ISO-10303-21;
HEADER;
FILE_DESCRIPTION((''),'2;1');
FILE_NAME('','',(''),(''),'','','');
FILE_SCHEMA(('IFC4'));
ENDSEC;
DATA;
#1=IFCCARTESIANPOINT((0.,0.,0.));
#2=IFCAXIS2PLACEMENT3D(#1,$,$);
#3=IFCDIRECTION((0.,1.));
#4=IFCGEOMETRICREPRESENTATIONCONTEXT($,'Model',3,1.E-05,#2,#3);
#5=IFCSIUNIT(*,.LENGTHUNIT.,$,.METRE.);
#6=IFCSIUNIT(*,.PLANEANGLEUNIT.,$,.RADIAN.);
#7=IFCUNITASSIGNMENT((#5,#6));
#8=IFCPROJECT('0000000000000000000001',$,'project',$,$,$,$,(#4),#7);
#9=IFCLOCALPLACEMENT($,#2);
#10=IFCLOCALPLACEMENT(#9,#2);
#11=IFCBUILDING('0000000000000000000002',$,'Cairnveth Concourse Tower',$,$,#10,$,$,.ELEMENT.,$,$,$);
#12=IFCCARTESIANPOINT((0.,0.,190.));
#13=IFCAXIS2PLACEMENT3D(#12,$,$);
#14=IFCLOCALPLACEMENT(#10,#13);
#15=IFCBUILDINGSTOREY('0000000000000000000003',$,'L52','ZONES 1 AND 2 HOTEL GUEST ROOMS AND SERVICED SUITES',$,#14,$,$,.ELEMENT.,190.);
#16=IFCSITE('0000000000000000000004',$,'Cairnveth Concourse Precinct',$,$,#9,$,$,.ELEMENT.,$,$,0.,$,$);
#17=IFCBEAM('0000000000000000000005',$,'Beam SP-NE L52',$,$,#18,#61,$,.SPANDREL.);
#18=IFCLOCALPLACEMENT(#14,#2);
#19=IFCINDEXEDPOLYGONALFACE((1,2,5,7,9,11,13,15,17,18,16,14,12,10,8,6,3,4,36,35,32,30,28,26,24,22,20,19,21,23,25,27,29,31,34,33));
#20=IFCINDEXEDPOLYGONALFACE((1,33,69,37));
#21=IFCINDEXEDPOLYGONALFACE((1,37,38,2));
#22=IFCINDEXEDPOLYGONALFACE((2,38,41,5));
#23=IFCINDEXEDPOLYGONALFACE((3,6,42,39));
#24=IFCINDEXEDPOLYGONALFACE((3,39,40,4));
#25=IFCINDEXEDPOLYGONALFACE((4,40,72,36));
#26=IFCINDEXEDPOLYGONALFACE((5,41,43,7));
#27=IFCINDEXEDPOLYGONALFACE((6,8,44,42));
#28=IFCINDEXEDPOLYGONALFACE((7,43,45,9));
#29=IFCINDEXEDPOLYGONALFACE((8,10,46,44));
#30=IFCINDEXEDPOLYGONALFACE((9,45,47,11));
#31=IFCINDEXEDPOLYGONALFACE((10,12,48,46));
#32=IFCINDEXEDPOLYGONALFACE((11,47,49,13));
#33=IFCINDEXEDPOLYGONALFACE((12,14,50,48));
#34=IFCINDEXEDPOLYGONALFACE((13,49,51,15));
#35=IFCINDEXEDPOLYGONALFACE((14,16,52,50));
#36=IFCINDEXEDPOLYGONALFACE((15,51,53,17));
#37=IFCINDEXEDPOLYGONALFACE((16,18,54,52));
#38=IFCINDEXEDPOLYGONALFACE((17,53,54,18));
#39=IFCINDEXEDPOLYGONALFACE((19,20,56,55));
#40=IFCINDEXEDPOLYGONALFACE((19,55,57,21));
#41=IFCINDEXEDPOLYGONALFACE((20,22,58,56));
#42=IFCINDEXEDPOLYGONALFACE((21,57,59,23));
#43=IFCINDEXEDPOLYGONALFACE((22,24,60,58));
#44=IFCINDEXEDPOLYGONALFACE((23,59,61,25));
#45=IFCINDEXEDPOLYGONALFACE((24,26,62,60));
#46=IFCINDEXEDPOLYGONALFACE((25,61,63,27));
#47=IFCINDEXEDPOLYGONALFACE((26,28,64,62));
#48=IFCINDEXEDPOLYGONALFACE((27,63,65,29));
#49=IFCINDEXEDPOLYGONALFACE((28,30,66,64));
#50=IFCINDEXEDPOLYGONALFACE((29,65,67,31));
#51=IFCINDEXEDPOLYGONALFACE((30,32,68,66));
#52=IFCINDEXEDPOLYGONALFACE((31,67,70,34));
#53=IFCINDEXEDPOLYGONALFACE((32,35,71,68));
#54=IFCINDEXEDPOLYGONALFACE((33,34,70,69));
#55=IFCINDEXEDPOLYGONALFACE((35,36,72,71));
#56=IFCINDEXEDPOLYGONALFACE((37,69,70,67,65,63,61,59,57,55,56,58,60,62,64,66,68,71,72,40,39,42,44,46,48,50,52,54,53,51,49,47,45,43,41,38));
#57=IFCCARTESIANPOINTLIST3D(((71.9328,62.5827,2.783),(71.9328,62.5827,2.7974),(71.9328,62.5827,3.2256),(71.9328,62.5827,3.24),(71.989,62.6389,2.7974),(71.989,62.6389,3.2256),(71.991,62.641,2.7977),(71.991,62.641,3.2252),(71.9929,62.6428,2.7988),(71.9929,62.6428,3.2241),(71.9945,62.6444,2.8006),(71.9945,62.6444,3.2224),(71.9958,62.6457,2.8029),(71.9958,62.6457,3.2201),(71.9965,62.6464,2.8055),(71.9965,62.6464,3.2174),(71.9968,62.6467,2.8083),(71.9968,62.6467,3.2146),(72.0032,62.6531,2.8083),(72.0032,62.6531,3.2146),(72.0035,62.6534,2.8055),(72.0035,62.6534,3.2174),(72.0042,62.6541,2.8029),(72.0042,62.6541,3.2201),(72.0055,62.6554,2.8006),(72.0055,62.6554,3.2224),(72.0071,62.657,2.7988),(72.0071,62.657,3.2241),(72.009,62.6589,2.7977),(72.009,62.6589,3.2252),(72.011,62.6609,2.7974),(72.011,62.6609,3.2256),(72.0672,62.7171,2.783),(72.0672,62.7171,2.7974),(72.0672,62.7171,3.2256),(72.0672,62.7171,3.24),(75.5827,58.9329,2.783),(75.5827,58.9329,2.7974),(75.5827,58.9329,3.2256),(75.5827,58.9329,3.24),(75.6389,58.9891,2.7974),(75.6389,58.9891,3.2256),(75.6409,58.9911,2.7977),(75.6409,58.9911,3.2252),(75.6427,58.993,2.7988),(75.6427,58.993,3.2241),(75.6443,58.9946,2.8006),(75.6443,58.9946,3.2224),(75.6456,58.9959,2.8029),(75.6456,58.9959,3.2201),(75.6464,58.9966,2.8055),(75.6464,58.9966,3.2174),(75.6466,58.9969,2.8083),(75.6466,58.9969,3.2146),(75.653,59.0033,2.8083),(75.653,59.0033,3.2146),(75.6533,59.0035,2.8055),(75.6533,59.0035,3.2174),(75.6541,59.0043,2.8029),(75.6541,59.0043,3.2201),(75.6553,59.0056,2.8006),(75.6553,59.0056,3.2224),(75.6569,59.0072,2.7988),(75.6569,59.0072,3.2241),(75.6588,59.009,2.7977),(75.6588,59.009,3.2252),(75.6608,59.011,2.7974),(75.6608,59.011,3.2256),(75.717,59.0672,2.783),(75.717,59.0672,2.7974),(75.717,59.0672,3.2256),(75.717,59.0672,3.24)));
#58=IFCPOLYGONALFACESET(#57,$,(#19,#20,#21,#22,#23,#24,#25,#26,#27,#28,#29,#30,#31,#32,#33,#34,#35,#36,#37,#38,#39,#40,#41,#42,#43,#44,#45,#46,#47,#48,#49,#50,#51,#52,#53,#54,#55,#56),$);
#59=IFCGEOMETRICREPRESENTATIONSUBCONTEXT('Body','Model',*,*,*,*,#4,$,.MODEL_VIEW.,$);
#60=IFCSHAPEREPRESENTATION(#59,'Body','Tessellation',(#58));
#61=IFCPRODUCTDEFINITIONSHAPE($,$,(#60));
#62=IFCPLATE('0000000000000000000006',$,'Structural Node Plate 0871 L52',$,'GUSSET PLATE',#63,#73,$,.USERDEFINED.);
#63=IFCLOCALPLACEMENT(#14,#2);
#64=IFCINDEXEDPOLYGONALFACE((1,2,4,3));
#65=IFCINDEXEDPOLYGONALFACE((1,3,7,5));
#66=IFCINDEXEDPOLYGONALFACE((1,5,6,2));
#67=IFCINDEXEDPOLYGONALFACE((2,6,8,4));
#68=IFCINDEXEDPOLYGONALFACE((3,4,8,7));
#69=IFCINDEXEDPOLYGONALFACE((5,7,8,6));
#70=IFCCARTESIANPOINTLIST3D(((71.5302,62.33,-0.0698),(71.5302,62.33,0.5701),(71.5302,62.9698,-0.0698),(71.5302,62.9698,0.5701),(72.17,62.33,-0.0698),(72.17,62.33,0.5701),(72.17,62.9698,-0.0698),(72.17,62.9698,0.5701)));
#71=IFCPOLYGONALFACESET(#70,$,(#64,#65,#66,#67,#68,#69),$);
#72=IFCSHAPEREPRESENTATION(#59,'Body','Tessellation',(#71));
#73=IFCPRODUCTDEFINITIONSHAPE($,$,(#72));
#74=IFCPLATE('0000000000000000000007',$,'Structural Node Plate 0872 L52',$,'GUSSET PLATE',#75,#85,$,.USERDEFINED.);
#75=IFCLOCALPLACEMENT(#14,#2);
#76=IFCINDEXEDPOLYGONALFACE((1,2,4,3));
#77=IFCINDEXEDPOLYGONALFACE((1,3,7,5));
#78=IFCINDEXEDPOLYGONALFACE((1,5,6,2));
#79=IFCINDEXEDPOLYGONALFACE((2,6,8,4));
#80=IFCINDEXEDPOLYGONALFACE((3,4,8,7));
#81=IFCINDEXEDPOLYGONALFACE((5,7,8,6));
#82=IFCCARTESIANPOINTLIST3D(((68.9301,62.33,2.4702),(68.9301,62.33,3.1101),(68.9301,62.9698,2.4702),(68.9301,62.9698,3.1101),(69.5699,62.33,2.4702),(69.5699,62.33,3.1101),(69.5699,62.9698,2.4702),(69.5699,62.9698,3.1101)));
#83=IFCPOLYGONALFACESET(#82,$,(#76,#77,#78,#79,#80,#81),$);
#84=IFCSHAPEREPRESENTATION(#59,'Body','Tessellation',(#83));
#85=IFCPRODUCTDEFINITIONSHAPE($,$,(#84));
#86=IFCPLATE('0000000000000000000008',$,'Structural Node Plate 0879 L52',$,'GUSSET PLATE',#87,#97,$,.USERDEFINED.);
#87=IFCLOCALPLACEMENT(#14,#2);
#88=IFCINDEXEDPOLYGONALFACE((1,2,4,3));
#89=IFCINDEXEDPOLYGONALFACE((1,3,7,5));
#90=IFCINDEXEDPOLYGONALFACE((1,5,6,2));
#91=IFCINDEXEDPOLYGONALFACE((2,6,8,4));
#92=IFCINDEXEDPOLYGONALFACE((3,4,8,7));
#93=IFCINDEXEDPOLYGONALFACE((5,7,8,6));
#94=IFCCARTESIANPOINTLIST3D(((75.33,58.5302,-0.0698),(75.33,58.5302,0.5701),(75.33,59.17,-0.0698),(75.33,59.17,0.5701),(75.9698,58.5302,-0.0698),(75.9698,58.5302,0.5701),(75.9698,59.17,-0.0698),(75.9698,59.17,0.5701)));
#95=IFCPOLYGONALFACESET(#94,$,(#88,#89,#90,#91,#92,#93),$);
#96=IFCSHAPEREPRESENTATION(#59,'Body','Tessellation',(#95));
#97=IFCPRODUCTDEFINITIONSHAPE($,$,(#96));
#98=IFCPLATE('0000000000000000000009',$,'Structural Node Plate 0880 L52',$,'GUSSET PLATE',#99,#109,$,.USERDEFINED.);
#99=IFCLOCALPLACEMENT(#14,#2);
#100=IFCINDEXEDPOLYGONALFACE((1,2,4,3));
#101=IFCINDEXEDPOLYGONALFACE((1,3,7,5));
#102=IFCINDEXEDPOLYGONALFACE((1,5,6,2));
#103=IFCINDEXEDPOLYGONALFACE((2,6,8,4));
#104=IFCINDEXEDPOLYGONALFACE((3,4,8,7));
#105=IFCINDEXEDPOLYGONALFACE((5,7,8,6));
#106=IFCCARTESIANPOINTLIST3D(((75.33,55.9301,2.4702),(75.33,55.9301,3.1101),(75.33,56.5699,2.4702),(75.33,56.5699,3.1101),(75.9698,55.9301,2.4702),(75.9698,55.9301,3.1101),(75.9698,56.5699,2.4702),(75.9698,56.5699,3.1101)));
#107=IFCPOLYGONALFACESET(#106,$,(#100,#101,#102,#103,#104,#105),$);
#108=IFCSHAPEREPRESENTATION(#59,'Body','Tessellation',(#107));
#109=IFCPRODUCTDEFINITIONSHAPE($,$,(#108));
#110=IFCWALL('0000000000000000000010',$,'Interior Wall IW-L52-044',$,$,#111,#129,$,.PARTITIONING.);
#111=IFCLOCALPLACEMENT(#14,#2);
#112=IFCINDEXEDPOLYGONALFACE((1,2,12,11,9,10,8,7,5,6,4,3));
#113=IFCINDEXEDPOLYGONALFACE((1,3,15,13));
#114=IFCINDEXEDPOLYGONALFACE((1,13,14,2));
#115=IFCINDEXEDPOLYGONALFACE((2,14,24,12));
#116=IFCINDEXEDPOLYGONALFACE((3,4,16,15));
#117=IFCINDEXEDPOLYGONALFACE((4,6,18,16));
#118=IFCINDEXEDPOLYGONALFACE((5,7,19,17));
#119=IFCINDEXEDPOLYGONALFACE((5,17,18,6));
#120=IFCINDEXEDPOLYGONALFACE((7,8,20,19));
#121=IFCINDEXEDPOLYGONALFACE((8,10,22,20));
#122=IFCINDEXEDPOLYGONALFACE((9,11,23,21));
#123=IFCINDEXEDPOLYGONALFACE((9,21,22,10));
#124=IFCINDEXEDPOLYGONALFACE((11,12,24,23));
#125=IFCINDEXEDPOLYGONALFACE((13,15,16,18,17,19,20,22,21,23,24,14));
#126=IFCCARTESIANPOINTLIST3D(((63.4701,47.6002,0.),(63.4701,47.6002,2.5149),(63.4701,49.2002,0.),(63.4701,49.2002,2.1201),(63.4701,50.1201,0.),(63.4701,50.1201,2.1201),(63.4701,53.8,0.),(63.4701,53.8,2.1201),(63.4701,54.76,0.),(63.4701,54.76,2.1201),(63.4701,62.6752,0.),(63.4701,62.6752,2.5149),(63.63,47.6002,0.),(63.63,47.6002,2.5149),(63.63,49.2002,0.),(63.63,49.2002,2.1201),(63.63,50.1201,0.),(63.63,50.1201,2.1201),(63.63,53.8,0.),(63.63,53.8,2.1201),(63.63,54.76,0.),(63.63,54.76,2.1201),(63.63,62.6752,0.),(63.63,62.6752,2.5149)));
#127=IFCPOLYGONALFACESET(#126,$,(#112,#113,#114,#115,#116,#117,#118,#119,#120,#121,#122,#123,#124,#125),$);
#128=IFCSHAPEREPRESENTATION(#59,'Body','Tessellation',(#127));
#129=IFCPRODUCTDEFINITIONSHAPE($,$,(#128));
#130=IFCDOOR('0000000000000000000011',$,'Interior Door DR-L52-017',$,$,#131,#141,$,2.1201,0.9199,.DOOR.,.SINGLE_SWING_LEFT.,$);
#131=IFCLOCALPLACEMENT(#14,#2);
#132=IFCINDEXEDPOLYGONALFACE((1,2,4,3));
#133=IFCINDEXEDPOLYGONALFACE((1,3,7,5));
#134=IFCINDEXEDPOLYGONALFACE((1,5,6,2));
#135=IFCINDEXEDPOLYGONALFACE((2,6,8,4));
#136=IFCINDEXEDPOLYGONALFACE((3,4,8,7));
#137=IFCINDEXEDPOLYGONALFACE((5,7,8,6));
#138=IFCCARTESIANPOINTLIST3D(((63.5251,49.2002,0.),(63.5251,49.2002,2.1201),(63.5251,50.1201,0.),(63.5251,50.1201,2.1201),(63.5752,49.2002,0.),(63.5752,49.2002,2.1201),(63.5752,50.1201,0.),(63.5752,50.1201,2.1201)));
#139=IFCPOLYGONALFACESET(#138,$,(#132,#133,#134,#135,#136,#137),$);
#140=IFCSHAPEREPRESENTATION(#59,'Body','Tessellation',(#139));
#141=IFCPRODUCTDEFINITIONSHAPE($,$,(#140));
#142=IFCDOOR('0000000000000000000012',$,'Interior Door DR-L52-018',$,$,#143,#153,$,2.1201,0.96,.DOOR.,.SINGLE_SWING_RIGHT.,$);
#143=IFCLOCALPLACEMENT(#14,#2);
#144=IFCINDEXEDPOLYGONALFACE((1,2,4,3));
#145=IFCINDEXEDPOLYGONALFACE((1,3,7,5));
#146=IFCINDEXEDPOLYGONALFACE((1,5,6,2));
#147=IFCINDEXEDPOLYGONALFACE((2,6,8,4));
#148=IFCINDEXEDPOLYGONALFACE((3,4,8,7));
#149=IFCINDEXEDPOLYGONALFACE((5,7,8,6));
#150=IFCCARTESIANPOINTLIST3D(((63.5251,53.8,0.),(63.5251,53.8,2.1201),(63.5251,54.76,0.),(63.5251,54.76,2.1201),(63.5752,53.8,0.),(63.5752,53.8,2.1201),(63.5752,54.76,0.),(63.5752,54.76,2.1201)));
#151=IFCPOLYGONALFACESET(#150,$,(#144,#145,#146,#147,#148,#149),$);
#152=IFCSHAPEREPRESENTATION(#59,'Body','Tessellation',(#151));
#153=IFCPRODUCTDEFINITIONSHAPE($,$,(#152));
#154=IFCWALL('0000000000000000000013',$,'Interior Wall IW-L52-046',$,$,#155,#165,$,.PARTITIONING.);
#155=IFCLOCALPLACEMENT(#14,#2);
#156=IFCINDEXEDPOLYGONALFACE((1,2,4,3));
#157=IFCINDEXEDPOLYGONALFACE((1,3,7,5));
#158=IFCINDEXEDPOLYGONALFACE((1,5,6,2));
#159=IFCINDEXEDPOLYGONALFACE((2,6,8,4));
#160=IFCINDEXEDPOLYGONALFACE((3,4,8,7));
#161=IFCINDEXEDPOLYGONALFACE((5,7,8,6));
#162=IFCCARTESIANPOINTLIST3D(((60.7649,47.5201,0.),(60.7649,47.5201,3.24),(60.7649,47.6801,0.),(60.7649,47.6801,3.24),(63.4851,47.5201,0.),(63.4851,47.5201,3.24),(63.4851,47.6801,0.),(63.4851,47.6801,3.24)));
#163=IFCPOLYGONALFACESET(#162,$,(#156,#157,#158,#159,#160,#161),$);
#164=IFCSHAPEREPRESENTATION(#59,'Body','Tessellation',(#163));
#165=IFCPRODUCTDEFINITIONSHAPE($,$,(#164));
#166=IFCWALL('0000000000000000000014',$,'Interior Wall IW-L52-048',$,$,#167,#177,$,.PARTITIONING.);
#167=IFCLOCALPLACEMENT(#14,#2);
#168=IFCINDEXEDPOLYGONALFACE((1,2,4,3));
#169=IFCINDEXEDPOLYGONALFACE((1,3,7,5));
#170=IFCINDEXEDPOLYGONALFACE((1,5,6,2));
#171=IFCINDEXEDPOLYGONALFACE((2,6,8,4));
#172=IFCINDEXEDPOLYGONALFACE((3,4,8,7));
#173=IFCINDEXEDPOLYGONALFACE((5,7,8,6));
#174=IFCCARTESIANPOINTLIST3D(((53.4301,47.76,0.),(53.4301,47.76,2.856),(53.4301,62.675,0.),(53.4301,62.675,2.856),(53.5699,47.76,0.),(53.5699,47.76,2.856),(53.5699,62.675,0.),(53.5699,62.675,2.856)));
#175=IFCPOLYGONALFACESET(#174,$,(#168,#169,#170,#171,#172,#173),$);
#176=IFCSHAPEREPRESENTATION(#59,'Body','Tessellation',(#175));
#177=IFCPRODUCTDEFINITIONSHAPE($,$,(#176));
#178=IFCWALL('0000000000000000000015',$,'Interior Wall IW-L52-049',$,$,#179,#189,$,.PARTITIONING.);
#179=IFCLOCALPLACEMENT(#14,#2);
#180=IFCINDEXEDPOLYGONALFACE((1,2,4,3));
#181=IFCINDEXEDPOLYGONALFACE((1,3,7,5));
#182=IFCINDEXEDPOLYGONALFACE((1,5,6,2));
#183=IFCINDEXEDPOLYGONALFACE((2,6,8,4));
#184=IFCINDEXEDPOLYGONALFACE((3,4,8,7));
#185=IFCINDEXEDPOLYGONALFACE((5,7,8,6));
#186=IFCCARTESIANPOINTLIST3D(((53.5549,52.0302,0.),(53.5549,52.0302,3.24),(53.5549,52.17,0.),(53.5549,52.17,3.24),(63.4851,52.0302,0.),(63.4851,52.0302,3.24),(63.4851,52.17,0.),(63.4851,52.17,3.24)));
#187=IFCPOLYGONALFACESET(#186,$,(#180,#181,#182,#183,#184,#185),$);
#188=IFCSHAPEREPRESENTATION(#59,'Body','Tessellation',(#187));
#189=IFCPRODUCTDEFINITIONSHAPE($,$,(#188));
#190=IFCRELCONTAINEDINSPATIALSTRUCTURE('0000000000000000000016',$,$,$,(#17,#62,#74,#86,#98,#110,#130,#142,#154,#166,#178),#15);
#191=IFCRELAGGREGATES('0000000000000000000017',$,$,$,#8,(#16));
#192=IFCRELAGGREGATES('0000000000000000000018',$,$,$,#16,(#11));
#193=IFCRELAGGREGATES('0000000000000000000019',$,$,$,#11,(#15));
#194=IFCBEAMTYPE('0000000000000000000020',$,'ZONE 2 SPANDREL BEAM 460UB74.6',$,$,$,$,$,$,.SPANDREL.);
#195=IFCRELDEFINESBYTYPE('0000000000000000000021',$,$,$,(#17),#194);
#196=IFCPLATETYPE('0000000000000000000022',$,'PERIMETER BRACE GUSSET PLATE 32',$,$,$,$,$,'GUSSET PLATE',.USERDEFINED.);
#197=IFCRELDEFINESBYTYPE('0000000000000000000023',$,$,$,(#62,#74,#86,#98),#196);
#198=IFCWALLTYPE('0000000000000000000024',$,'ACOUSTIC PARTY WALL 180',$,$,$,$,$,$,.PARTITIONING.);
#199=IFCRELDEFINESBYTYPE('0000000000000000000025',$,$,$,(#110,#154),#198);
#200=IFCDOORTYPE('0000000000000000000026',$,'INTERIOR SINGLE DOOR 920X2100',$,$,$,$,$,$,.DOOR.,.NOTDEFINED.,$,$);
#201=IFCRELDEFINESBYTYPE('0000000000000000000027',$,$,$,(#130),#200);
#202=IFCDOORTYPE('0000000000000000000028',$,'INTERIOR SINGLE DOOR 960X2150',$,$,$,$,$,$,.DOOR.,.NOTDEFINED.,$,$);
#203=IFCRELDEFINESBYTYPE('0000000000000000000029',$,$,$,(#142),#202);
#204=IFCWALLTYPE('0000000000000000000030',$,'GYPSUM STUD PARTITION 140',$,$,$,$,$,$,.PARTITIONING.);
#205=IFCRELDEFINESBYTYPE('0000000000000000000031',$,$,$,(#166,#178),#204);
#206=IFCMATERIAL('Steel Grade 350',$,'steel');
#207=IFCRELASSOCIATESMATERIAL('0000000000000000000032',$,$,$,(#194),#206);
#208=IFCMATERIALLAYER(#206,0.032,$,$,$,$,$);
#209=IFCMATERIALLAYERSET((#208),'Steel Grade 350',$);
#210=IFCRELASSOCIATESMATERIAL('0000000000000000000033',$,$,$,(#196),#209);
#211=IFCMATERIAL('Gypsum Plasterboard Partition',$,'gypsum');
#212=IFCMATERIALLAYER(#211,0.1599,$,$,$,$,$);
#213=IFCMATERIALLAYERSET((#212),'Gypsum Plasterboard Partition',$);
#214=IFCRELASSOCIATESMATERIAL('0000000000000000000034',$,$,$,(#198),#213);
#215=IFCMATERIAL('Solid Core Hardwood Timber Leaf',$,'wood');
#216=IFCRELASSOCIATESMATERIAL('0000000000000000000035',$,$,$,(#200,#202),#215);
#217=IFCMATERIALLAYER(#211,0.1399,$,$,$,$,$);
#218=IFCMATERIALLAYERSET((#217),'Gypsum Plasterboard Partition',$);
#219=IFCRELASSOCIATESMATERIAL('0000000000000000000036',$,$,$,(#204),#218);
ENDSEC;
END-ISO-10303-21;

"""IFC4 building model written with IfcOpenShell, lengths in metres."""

from ifc_helpers import new_model, si_unit, direction, frame, frame_2d, origin, origin_2d, place, context, subcontext, project, spatial, rectangle, i_section, extrude, material, layer, layer_set, material_profile, profile_set, type_object, element, fill, save


model = new_model("IFC4")

# Units and contexts
model_context = context("Model", 3, precision=1e-05, world=origin(), true_north=direction((0.0, 1.0)))
body_context = subcontext(model_context, "Body", "Model", "MODEL_VIEW")
ifc_project = project(units=[si_unit("LENGTHUNIT", "METRE"), si_unit("PLANEANGLEUNIT", "RADIAN")], contexts=[model_context])

# Site, building, storey
site_placement = place(None, origin())
site = spatial("IfcSite", under=ifc_project, at=site_placement, Name="Cairnveth Concourse Precinct", CompositionType="ELEMENT", RefElevation=0.0)
building_placement = place(site_placement, origin())
building = spatial("IfcBuilding", under=site, at=building_placement, Name="Cairnveth Concourse Tower", CompositionType="ELEMENT")
storey_placement = place(building_placement, frame((0.0, 0.0, 190.0)))
storey = spatial("IfcBuildingStorey", under=building, at=storey_placement, Name="L52", Description="ZONES 1 AND 2 HOTEL GUEST ROOMS AND SERVICED SUITES", CompositionType="ELEMENT", Elevation=190.0)

# Shared definitions
ifc_material_1 = material(Name="Steel Grade 350", Category="steel")

# Beam
ifc_material_profile_1 = material_profile(ifc_material_1, i_section(OverallWidth=0.1899, OverallDepth=0.457, WebThickness=0.009, FlangeThickness=0.0144, FilletRadius=0.011, at=origin_2d()), Name="460UB74.6")
ifc_profile_set_1 = profile_set([ifc_material_profile_1], Name="Steel Grade 350")
beam_type_1 = type_object("IfcBeamType", Name="ZONE 2 SPANDREL BEAM 460UB74.6", PredefinedType="SPANDREL", material=ifc_profile_set_1)
beam_1_placement = place(storey_placement, frame((72.0, 62.6499, 3.0115), z_axis=(0.707107, -0.707107, 0.0), x_axis=(0.707107, 0.707107, 0.0)))
element("IfcBeam", 1, at=beam_1_placement, inside=storey, type_object=beam_type_1, Name="Beam SP-NE L52", PredefinedType="SPANDREL", context=body_context, shape_type="SweptSolid", body=[
    extrude(i_section(OverallWidth=0.1899, OverallDepth=0.457, WebThickness=0.009, FlangeThickness=0.0144, FilletRadius=0.011, at=origin_2d()), origin(), (0.0, 0.0, 1.0), 5.1616),
])

# Plates
ifc_layer_1 = layer(ifc_material_1, 0.032)
ifc_layer_set_1 = layer_set([ifc_layer_1], Name="Steel Grade 350")
plate_type = type_object("IfcPlateType", Name="PERIMETER BRACE GUSSET PLATE 32", ElementType="GUSSET PLATE", PredefinedType="USERDEFINED", material=ifc_layer_set_1)
for number, where, z_axis, x_axis, name in (
    (2, (71.8501, 62.6499, -0.0698), (0.0, 0.0, 1.0), (1.0, 0.0, 0.0), "Structural Node Plate 0871 L52"),
    (3, (69.25, 62.6499, 2.4702), (0.0, 0.0, 1.0), (1.0, 0.0, 0.0), "Structural Node Plate 0872 L52"),
    (4, (75.6499, 58.8501, -0.0698), (0.0, 0.0, 1.0), (1.0, 0.0, 0.0), "Structural Node Plate 0879 L52"),
    (5, (75.6499, 56.25, 2.4702), (0.0, 0.0, 1.0), (1.0, 0.0, 0.0), "Structural Node Plate 0880 L52"),
):
    element("IfcPlate", number, at=place(storey_placement, frame(where, z_axis=z_axis, x_axis=x_axis)), inside=storey, type_object=plate_type, Name=name, ObjectType="GUSSET PLATE", PredefinedType="USERDEFINED", context=body_context, shape_type="SweptSolid", body=[
        extrude(rectangle(XDim=0.6399, YDim=0.6399, at=origin_2d()), origin(), (0.0, 0.0, 1.0), 0.6399),
    ])

# Wall, openings, doors
ifc_material_2 = material(Name="Gypsum Plasterboard Partition", Category="gypsum")
ifc_layer_2 = layer(ifc_material_2, 0.1599)
ifc_layer_set_2 = layer_set([ifc_layer_2], Name="Gypsum Plasterboard Partition")
wall_type_1 = type_object("IfcWallType", Name="ACOUSTIC PARTY WALL 180", PredefinedType="PARTITIONING", material=ifc_layer_set_2)
wall_1_placement = place(storey_placement, frame((63.55, 47.6001, 0.0), z_axis=(0.0, 0.0, 1.0), x_axis=(0.0, 1.0, 0.0)))
wall_1 = element("IfcWall", 6, at=wall_1_placement, inside=storey, type_object=wall_type_1, Name="Interior Wall IW-L52-044", PredefinedType="PARTITIONING", context=body_context, shape_type="SweptSolid", body=[
    extrude(rectangle(XDim=15.075, YDim=0.1599, at=frame_2d((7.5376, 0.0))), origin(), (0.0, 0.0, 1.0), 2.5149),
])
opening_1_placement = place(wall_1_placement, frame((1.6001, 0.0, 0.0)))
opening_1 = element("IfcOpeningElement", 7, at=opening_1_placement, cuts=wall_1, PredefinedType="OPENING", context=body_context, shape_type="SweptSolid", body=[
    extrude(rectangle(XDim=0.9199, YDim=2.1201, at=frame_2d((0.46, 1.0601))), frame((0.0, 0.0898, 0.0), z_axis=(0.0, -1.0, 0.0), x_axis=(1.0, 0.0, 0.0)), (0.0, 0.0, 1.0), 0.1799),
])
opening_2_placement = place(wall_1_placement, frame((6.2, 0.0, 0.0)))
opening_2 = element("IfcOpeningElement", 8, at=opening_2_placement, cuts=wall_1, PredefinedType="OPENING", context=body_context, shape_type="SweptSolid", body=[
    extrude(rectangle(XDim=0.96, YDim=2.1201, at=frame_2d((0.48, 1.0601))), frame((0.0, 0.0898, 0.0), z_axis=(0.0, -1.0, 0.0), x_axis=(1.0, 0.0, 0.0)), (0.0, 0.0, 1.0), 0.1799),
])
ifc_material_3 = material(Name="Solid Core Hardwood Timber Leaf", Category="wood")
door_type_1 = type_object("IfcDoorType", Name="INTERIOR SINGLE DOOR 920X2100", OperationType="NOTDEFINED", PredefinedType="DOOR", material=ifc_material_3)
door_1_placement = place(opening_1_placement, origin())
door_1 = element("IfcDoor", 9, at=door_1_placement, inside=storey, type_object=door_type_1, Name="Interior Door DR-L52-017", OperationType="SINGLE_SWING_LEFT", OverallHeight=2.1201, OverallWidth=0.9199, PredefinedType="DOOR", context=body_context, shape_type="SweptSolid", body=[
    extrude(rectangle(XDim=0.9199, YDim=2.1201, at=frame_2d((0.46, 1.0601))), frame((0.0, 0.0249, 0.0), z_axis=(0.0, -1.0, 0.0), x_axis=(1.0, 0.0, 0.0)), (0.0, 0.0, 1.0), 0.05),
])
fill(opening_1, door_1)
door_type_2 = type_object("IfcDoorType", Name="INTERIOR SINGLE DOOR 960X2150", OperationType="NOTDEFINED", PredefinedType="DOOR", material=ifc_material_3)
door_2_placement = place(opening_2_placement, origin())
door_2 = element("IfcDoor", 10, at=door_2_placement, inside=storey, type_object=door_type_2, Name="Interior Door DR-L52-018", OperationType="SINGLE_SWING_RIGHT", OverallHeight=2.1201, OverallWidth=0.96, PredefinedType="DOOR", context=body_context, shape_type="SweptSolid", body=[
    extrude(rectangle(XDim=0.96, YDim=2.1201, at=frame_2d((0.48, 1.0601))), frame((0.0, 0.0249, 0.0), z_axis=(0.0, -1.0, 0.0), x_axis=(1.0, 0.0, 0.0)), (0.0, 0.0, 1.0), 0.05),
])
fill(opening_2, door_2)

# Walls
wall_2_placement = place(storey_placement, frame((60.7649, 47.6001, 0.0), z_axis=(0.0, 0.0, 1.0), x_axis=(1.0, 0.0, 0.0)))
element("IfcWall", 11, at=wall_2_placement, inside=storey, type_object=wall_type_1, Name="Interior Wall IW-L52-046", PredefinedType="PARTITIONING", context=body_context, shape_type="SweptSolid", body=[
    extrude(rectangle(XDim=2.7202, YDim=0.1599, at=frame_2d((1.3601, 0.0))), origin(), (0.0, 0.0, 1.0), 3.24),
])
ifc_layer_3 = layer(ifc_material_2, 0.1399)
ifc_layer_set_3 = layer_set([ifc_layer_3], Name="Gypsum Plasterboard Partition")
wall_type_2 = type_object("IfcWallType", Name="GYPSUM STUD PARTITION 140", PredefinedType="PARTITIONING", material=ifc_layer_set_3)
wall_3_placement = place(storey_placement, frame((53.5, 47.76, 0.0), z_axis=(0.0, 0.0, 1.0), x_axis=(0.0, 1.0, 0.0)))
element("IfcWall", 12, at=wall_3_placement, inside=storey, type_object=wall_type_2, Name="Interior Wall IW-L52-048", PredefinedType="PARTITIONING", context=body_context, shape_type="SweptSolid", body=[
    extrude(rectangle(XDim=14.915, YDim=0.1399, at=frame_2d((7.4575, 0.0))), origin(), (0.0, 0.0, 1.0), 2.856),
])
wall_4_placement = place(storey_placement, frame((53.5549, 52.1001, 0.0), z_axis=(0.0, 0.0, 1.0), x_axis=(1.0, 0.0, 0.0)))
element("IfcWall", 13, at=wall_4_placement, inside=storey, type_object=wall_type_2, Name="Interior Wall IW-L52-049", PredefinedType="PARTITIONING", context=body_context, shape_type="SweptSolid", body=[
    extrude(rectangle(XDim=9.9302, YDim=0.1399, at=frame_2d((4.9651, 0.0))), origin(), (0.0, 0.0, 1.0), 3.24),
])

save(model, "model.ifc")
